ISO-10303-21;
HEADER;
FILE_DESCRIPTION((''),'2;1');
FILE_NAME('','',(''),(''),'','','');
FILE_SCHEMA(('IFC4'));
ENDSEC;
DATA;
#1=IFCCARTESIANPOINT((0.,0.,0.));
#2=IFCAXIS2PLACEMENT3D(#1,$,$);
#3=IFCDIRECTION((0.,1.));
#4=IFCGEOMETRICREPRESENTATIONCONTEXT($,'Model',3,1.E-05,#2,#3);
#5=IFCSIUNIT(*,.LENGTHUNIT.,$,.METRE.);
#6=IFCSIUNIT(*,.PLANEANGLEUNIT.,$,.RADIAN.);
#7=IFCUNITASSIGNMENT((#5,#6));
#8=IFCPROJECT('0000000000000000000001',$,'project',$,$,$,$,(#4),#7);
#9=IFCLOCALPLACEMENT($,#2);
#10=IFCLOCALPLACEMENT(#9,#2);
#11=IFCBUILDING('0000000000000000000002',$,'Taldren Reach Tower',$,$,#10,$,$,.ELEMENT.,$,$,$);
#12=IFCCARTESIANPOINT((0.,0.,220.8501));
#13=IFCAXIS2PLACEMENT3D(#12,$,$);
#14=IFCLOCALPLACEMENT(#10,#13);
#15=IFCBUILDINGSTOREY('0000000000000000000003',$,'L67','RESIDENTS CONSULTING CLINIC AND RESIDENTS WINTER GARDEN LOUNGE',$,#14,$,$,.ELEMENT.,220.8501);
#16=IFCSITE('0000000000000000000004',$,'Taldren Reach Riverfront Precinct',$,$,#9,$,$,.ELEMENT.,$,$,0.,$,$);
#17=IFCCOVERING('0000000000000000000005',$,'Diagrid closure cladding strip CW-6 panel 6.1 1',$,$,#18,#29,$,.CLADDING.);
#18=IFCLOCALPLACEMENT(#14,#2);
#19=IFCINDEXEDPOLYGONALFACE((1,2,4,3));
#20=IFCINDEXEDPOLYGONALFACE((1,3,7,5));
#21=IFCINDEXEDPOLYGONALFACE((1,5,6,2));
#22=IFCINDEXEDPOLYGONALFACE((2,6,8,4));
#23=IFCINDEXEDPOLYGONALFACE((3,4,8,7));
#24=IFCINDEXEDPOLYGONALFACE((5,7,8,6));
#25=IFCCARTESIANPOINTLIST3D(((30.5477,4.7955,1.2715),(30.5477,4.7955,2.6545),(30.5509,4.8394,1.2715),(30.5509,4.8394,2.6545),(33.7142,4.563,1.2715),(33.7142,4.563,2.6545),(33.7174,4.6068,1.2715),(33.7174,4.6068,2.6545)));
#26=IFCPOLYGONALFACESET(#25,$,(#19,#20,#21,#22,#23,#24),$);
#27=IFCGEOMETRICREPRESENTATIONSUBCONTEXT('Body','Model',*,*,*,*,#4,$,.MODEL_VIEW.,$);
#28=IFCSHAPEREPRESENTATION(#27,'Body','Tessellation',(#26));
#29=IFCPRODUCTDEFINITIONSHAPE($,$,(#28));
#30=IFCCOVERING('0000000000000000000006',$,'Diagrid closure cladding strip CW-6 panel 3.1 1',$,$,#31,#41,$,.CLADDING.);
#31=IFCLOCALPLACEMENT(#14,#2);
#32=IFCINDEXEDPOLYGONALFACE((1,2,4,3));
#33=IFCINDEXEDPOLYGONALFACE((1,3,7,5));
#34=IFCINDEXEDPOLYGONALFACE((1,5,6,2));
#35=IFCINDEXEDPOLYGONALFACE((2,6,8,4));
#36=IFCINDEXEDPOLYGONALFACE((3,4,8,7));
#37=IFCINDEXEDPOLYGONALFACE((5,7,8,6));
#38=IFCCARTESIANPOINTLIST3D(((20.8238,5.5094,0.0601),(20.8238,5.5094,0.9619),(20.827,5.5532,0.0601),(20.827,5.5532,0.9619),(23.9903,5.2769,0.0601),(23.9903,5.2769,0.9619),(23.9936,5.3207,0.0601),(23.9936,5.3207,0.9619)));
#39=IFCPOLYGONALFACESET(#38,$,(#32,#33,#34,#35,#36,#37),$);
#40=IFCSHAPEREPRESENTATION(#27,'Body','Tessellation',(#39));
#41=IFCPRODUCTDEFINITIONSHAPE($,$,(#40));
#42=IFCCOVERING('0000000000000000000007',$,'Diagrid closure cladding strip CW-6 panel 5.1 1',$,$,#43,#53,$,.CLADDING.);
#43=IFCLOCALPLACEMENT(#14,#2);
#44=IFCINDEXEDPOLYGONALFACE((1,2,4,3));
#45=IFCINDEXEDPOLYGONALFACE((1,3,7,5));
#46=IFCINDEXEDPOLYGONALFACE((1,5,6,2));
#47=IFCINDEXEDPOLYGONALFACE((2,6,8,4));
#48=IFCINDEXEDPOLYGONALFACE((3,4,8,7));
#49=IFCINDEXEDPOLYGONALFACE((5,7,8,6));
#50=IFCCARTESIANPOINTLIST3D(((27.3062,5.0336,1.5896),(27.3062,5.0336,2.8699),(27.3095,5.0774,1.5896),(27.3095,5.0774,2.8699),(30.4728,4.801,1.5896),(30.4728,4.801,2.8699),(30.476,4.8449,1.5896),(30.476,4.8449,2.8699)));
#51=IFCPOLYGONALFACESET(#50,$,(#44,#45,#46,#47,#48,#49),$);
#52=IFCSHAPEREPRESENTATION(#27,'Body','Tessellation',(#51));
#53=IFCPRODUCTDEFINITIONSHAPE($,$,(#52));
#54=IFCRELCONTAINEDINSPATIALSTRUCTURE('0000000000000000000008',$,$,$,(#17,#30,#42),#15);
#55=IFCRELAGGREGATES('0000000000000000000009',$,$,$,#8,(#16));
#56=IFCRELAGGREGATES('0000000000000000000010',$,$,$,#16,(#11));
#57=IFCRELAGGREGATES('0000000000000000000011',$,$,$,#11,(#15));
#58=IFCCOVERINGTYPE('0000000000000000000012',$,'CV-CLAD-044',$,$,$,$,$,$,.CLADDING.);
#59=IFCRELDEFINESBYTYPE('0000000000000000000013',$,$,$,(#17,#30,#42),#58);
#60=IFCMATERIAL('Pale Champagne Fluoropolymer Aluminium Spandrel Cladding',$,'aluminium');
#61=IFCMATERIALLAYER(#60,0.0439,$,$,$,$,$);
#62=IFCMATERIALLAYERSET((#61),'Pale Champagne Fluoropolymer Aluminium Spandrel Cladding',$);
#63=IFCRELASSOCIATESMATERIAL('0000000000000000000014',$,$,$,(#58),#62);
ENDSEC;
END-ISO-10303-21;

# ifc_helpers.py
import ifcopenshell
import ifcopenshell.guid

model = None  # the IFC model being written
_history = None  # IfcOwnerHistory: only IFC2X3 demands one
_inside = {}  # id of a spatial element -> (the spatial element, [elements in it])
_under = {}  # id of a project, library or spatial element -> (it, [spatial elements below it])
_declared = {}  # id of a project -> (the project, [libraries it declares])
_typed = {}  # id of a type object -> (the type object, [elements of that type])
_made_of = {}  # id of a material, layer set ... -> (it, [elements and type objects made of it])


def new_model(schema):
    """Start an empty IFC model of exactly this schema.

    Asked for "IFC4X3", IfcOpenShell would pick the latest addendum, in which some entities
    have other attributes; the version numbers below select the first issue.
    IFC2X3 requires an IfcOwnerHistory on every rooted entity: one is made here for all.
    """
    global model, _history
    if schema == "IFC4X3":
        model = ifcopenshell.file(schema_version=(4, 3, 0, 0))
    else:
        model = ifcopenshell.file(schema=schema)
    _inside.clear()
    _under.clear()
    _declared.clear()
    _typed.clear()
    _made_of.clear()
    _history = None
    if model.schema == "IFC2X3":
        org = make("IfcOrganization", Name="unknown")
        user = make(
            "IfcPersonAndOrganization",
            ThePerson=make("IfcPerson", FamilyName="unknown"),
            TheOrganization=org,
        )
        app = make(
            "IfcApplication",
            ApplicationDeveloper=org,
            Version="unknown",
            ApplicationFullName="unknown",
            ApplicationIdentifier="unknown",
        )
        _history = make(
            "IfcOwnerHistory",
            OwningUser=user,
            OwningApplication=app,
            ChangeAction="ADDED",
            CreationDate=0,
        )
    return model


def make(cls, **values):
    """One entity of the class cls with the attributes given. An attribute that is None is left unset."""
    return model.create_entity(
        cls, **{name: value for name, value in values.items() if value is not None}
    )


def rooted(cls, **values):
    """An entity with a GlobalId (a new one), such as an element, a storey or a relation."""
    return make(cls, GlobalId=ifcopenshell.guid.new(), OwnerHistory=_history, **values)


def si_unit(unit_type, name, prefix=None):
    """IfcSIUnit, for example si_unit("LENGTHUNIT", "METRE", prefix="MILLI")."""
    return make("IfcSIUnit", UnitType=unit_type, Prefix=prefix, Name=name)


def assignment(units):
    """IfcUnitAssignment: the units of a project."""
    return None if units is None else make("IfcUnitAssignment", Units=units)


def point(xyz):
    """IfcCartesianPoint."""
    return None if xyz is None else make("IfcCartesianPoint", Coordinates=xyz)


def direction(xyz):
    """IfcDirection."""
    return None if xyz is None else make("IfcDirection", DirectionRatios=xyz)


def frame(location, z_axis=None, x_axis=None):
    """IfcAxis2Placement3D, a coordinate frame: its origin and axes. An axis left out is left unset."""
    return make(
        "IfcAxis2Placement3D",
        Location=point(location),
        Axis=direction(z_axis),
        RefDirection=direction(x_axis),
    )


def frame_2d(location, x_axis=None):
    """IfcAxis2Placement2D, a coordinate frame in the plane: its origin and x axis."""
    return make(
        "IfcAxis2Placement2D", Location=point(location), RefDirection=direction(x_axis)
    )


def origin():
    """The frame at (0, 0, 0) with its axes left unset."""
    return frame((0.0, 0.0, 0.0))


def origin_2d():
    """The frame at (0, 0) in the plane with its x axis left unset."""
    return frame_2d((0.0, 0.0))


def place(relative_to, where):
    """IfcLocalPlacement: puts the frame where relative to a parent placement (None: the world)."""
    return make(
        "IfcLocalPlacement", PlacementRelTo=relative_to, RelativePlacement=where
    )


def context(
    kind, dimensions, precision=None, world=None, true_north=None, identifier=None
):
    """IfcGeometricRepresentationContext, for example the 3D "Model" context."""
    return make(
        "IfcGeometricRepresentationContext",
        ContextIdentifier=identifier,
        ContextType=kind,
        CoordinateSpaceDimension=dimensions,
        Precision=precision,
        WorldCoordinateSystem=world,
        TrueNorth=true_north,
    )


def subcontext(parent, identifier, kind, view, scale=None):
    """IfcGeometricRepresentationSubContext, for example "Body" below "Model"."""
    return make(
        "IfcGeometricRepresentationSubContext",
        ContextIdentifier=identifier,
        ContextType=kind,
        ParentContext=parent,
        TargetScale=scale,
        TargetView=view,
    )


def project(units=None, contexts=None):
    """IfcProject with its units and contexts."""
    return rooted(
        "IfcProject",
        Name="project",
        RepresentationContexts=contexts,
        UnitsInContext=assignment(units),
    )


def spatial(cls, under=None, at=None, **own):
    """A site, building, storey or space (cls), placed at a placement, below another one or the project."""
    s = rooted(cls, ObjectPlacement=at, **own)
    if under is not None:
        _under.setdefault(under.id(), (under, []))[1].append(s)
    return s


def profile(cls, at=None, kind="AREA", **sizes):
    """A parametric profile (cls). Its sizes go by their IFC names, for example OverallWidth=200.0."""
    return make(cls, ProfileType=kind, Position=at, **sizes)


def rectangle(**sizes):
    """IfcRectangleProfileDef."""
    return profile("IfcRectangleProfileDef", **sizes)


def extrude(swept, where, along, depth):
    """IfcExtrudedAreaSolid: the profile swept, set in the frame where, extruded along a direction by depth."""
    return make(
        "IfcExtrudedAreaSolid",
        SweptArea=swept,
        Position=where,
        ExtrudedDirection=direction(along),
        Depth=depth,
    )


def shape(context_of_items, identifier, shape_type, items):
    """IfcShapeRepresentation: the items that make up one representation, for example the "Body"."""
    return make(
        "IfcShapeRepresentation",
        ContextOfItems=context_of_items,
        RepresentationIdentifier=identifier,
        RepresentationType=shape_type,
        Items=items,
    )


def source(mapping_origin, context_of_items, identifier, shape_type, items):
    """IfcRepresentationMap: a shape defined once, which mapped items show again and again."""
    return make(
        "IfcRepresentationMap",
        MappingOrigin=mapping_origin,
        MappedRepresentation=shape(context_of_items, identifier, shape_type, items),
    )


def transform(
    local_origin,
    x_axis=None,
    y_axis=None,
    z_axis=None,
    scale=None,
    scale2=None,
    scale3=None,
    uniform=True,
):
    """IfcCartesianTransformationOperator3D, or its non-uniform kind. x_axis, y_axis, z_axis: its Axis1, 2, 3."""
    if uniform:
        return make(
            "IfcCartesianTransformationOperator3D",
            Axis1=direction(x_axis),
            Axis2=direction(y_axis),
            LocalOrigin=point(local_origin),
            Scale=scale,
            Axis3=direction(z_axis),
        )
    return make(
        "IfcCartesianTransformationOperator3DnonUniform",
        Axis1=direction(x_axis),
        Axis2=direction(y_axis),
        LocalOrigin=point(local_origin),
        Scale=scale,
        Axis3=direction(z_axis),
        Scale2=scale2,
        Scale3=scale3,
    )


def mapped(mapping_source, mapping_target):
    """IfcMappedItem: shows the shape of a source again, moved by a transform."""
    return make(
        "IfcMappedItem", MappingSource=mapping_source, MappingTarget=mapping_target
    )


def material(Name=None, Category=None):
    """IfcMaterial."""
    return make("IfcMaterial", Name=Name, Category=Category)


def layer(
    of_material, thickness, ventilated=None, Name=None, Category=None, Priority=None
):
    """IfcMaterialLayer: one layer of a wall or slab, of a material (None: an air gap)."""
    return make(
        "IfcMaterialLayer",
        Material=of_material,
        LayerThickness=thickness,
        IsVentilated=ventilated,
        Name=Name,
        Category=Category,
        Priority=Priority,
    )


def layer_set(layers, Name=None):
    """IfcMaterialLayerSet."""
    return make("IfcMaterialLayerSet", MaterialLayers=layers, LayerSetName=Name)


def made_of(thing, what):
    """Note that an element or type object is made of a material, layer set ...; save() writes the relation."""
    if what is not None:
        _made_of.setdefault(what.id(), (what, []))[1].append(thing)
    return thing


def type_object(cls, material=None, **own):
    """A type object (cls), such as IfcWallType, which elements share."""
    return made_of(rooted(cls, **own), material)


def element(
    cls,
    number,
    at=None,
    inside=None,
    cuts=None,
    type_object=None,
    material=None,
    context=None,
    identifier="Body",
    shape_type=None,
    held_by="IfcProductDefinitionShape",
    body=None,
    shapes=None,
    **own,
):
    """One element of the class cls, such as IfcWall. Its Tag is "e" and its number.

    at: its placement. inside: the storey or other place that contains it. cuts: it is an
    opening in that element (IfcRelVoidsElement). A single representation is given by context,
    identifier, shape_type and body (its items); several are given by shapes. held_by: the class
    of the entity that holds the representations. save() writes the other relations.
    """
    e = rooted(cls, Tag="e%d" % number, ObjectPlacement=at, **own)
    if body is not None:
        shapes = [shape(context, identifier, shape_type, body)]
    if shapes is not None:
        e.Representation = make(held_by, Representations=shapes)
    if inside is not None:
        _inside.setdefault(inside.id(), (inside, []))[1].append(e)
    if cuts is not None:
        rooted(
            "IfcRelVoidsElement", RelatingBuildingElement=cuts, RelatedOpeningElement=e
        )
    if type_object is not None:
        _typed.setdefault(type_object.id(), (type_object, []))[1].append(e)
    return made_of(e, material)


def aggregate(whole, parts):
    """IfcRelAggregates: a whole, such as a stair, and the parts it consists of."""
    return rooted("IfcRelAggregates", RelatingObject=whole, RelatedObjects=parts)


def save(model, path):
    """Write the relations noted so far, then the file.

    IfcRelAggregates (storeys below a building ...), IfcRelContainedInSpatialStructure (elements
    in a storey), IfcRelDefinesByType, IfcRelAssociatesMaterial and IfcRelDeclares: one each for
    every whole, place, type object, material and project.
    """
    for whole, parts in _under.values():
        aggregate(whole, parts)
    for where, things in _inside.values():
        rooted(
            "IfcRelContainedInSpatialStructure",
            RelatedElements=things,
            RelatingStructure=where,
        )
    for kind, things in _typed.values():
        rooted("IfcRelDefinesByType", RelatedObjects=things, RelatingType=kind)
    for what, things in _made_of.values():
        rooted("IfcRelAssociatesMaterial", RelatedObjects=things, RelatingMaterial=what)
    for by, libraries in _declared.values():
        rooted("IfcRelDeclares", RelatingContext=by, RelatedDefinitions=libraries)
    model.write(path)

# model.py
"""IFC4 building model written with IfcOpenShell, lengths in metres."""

from ifc_helpers import new_model, si_unit, direction, frame, origin, origin_2d, place, context, subcontext, project, spatial, rectangle, extrude, source, transform, mapped, material, layer, layer_set, type_object, element, save


model = new_model("IFC4")

# Units and contexts
model_context = context("Model", 3, precision=1e-05, world=origin(), true_north=direction((0.0, 1.0)))
body_context = subcontext(model_context, "Body", "Model", "MODEL_VIEW")
ifc_project = project(units=[si_unit("LENGTHUNIT", "METRE"), si_unit("PLANEANGLEUNIT", "RADIAN")], contexts=[model_context])

# Site, building, storey
site_placement = place(None, origin())
site = spatial("IfcSite", under=ifc_project, at=site_placement, Name="Taldren Reach Riverfront Precinct", CompositionType="ELEMENT", RefElevation=0.0)
building_placement = place(site_placement, origin())
building = spatial("IfcBuilding", under=site, at=building_placement, Name="Taldren Reach Tower", CompositionType="ELEMENT")
storey_placement = place(building_placement, frame((0.0, 0.0, 220.8501)))
storey = spatial("IfcBuildingStorey", under=building, at=storey_placement, Name="L67", Description="RESIDENTS CONSULTING CLINIC AND RESIDENTS WINTER GARDEN LOUNGE", CompositionType="ELEMENT", Elevation=220.8501)

# Coverings
ifc_material_1 = material(Name="Pale Champagne Fluoropolymer Aluminium Spandrel Cladding", Category="aluminium")
ifc_layer_1 = layer(ifc_material_1, 0.0439)
ifc_layer_set_1 = layer_set([ifc_layer_1], Name="Pale Champagne Fluoropolymer Aluminium Spandrel Cladding")
covering_type = type_object("IfcCoveringType", Name="CV-CLAD-044", PredefinedType="CLADDING", material=ifc_layer_set_1)
shared_shape_1 = source(origin(), body_context, "Body", "SweptSolid", [
    extrude(rectangle(XDim=3.175, YDim=0.0439, at=origin_2d()), origin(), (0.0, 0.0, 1.0), 1.3831),
])
for number, where, z_axis, x_axis, name in (
    (1, (32.1326, 4.7012, 1.2715), (0.0, 0.0, 1.0), (0.997314, -0.073238, 0.0), "Diagrid closure cladding strip CW-6 panel 6.1 1"),
):
    element("IfcCovering", number, at=place(storey_placement, frame(where, z_axis=z_axis, x_axis=x_axis)), inside=storey, type_object=covering_type, Name=name, PredefinedType="CLADDING", context=body_context, shape_type="MappedRepresentation", body=[
        mapped(shared_shape_1, transform((0.0, 0.0, 0.0), scale=1.0)),
    ])
shared_shape_2 = source(origin(), body_context, "Body", "SweptSolid", [
    extrude(rectangle(XDim=3.175, YDim=0.0439, at=origin_2d()), origin(), (0.0, 0.0, 1.0), 0.9019),
])
covering_1_placement = place(storey_placement, frame((22.4087, 5.415, 0.0601), z_axis=(0.0, 0.0, 1.0), x_axis=(0.997314, -0.073238, 0.0)))
element("IfcCovering", 2, at=covering_1_placement, inside=storey, type_object=covering_type, Name="Diagrid closure cladding strip CW-6 panel 3.1 1", PredefinedType="CLADDING", context=body_context, shape_type="MappedRepresentation", body=[
    mapped(shared_shape_2, transform((0.0, 0.0, 0.0), scale=1.0)),
])
shared_shape_3 = source(origin(), body_context, "Body", "SweptSolid", [
    extrude(rectangle(XDim=3.175, YDim=0.0439, at=origin_2d()), origin(), (0.0, 0.0, 1.0), 1.2803),
])
covering_2_placement = place(storey_placement, frame((28.8911, 4.9392, 1.5896), z_axis=(0.0, 0.0, 1.0), x_axis=(0.997314, -0.073238, 0.0)))
element("IfcCovering", 3, at=covering_2_placement, inside=storey, type_object=covering_type, Name="Diagrid closure cladding strip CW-6 panel 5.1 1", PredefinedType="CLADDING", context=body_context, shape_type="MappedRepresentation", body=[
    mapped(shared_shape_3, transform((0.0, 0.0, 0.0), scale=1.0)),
])

save(model, "model.ifc")
